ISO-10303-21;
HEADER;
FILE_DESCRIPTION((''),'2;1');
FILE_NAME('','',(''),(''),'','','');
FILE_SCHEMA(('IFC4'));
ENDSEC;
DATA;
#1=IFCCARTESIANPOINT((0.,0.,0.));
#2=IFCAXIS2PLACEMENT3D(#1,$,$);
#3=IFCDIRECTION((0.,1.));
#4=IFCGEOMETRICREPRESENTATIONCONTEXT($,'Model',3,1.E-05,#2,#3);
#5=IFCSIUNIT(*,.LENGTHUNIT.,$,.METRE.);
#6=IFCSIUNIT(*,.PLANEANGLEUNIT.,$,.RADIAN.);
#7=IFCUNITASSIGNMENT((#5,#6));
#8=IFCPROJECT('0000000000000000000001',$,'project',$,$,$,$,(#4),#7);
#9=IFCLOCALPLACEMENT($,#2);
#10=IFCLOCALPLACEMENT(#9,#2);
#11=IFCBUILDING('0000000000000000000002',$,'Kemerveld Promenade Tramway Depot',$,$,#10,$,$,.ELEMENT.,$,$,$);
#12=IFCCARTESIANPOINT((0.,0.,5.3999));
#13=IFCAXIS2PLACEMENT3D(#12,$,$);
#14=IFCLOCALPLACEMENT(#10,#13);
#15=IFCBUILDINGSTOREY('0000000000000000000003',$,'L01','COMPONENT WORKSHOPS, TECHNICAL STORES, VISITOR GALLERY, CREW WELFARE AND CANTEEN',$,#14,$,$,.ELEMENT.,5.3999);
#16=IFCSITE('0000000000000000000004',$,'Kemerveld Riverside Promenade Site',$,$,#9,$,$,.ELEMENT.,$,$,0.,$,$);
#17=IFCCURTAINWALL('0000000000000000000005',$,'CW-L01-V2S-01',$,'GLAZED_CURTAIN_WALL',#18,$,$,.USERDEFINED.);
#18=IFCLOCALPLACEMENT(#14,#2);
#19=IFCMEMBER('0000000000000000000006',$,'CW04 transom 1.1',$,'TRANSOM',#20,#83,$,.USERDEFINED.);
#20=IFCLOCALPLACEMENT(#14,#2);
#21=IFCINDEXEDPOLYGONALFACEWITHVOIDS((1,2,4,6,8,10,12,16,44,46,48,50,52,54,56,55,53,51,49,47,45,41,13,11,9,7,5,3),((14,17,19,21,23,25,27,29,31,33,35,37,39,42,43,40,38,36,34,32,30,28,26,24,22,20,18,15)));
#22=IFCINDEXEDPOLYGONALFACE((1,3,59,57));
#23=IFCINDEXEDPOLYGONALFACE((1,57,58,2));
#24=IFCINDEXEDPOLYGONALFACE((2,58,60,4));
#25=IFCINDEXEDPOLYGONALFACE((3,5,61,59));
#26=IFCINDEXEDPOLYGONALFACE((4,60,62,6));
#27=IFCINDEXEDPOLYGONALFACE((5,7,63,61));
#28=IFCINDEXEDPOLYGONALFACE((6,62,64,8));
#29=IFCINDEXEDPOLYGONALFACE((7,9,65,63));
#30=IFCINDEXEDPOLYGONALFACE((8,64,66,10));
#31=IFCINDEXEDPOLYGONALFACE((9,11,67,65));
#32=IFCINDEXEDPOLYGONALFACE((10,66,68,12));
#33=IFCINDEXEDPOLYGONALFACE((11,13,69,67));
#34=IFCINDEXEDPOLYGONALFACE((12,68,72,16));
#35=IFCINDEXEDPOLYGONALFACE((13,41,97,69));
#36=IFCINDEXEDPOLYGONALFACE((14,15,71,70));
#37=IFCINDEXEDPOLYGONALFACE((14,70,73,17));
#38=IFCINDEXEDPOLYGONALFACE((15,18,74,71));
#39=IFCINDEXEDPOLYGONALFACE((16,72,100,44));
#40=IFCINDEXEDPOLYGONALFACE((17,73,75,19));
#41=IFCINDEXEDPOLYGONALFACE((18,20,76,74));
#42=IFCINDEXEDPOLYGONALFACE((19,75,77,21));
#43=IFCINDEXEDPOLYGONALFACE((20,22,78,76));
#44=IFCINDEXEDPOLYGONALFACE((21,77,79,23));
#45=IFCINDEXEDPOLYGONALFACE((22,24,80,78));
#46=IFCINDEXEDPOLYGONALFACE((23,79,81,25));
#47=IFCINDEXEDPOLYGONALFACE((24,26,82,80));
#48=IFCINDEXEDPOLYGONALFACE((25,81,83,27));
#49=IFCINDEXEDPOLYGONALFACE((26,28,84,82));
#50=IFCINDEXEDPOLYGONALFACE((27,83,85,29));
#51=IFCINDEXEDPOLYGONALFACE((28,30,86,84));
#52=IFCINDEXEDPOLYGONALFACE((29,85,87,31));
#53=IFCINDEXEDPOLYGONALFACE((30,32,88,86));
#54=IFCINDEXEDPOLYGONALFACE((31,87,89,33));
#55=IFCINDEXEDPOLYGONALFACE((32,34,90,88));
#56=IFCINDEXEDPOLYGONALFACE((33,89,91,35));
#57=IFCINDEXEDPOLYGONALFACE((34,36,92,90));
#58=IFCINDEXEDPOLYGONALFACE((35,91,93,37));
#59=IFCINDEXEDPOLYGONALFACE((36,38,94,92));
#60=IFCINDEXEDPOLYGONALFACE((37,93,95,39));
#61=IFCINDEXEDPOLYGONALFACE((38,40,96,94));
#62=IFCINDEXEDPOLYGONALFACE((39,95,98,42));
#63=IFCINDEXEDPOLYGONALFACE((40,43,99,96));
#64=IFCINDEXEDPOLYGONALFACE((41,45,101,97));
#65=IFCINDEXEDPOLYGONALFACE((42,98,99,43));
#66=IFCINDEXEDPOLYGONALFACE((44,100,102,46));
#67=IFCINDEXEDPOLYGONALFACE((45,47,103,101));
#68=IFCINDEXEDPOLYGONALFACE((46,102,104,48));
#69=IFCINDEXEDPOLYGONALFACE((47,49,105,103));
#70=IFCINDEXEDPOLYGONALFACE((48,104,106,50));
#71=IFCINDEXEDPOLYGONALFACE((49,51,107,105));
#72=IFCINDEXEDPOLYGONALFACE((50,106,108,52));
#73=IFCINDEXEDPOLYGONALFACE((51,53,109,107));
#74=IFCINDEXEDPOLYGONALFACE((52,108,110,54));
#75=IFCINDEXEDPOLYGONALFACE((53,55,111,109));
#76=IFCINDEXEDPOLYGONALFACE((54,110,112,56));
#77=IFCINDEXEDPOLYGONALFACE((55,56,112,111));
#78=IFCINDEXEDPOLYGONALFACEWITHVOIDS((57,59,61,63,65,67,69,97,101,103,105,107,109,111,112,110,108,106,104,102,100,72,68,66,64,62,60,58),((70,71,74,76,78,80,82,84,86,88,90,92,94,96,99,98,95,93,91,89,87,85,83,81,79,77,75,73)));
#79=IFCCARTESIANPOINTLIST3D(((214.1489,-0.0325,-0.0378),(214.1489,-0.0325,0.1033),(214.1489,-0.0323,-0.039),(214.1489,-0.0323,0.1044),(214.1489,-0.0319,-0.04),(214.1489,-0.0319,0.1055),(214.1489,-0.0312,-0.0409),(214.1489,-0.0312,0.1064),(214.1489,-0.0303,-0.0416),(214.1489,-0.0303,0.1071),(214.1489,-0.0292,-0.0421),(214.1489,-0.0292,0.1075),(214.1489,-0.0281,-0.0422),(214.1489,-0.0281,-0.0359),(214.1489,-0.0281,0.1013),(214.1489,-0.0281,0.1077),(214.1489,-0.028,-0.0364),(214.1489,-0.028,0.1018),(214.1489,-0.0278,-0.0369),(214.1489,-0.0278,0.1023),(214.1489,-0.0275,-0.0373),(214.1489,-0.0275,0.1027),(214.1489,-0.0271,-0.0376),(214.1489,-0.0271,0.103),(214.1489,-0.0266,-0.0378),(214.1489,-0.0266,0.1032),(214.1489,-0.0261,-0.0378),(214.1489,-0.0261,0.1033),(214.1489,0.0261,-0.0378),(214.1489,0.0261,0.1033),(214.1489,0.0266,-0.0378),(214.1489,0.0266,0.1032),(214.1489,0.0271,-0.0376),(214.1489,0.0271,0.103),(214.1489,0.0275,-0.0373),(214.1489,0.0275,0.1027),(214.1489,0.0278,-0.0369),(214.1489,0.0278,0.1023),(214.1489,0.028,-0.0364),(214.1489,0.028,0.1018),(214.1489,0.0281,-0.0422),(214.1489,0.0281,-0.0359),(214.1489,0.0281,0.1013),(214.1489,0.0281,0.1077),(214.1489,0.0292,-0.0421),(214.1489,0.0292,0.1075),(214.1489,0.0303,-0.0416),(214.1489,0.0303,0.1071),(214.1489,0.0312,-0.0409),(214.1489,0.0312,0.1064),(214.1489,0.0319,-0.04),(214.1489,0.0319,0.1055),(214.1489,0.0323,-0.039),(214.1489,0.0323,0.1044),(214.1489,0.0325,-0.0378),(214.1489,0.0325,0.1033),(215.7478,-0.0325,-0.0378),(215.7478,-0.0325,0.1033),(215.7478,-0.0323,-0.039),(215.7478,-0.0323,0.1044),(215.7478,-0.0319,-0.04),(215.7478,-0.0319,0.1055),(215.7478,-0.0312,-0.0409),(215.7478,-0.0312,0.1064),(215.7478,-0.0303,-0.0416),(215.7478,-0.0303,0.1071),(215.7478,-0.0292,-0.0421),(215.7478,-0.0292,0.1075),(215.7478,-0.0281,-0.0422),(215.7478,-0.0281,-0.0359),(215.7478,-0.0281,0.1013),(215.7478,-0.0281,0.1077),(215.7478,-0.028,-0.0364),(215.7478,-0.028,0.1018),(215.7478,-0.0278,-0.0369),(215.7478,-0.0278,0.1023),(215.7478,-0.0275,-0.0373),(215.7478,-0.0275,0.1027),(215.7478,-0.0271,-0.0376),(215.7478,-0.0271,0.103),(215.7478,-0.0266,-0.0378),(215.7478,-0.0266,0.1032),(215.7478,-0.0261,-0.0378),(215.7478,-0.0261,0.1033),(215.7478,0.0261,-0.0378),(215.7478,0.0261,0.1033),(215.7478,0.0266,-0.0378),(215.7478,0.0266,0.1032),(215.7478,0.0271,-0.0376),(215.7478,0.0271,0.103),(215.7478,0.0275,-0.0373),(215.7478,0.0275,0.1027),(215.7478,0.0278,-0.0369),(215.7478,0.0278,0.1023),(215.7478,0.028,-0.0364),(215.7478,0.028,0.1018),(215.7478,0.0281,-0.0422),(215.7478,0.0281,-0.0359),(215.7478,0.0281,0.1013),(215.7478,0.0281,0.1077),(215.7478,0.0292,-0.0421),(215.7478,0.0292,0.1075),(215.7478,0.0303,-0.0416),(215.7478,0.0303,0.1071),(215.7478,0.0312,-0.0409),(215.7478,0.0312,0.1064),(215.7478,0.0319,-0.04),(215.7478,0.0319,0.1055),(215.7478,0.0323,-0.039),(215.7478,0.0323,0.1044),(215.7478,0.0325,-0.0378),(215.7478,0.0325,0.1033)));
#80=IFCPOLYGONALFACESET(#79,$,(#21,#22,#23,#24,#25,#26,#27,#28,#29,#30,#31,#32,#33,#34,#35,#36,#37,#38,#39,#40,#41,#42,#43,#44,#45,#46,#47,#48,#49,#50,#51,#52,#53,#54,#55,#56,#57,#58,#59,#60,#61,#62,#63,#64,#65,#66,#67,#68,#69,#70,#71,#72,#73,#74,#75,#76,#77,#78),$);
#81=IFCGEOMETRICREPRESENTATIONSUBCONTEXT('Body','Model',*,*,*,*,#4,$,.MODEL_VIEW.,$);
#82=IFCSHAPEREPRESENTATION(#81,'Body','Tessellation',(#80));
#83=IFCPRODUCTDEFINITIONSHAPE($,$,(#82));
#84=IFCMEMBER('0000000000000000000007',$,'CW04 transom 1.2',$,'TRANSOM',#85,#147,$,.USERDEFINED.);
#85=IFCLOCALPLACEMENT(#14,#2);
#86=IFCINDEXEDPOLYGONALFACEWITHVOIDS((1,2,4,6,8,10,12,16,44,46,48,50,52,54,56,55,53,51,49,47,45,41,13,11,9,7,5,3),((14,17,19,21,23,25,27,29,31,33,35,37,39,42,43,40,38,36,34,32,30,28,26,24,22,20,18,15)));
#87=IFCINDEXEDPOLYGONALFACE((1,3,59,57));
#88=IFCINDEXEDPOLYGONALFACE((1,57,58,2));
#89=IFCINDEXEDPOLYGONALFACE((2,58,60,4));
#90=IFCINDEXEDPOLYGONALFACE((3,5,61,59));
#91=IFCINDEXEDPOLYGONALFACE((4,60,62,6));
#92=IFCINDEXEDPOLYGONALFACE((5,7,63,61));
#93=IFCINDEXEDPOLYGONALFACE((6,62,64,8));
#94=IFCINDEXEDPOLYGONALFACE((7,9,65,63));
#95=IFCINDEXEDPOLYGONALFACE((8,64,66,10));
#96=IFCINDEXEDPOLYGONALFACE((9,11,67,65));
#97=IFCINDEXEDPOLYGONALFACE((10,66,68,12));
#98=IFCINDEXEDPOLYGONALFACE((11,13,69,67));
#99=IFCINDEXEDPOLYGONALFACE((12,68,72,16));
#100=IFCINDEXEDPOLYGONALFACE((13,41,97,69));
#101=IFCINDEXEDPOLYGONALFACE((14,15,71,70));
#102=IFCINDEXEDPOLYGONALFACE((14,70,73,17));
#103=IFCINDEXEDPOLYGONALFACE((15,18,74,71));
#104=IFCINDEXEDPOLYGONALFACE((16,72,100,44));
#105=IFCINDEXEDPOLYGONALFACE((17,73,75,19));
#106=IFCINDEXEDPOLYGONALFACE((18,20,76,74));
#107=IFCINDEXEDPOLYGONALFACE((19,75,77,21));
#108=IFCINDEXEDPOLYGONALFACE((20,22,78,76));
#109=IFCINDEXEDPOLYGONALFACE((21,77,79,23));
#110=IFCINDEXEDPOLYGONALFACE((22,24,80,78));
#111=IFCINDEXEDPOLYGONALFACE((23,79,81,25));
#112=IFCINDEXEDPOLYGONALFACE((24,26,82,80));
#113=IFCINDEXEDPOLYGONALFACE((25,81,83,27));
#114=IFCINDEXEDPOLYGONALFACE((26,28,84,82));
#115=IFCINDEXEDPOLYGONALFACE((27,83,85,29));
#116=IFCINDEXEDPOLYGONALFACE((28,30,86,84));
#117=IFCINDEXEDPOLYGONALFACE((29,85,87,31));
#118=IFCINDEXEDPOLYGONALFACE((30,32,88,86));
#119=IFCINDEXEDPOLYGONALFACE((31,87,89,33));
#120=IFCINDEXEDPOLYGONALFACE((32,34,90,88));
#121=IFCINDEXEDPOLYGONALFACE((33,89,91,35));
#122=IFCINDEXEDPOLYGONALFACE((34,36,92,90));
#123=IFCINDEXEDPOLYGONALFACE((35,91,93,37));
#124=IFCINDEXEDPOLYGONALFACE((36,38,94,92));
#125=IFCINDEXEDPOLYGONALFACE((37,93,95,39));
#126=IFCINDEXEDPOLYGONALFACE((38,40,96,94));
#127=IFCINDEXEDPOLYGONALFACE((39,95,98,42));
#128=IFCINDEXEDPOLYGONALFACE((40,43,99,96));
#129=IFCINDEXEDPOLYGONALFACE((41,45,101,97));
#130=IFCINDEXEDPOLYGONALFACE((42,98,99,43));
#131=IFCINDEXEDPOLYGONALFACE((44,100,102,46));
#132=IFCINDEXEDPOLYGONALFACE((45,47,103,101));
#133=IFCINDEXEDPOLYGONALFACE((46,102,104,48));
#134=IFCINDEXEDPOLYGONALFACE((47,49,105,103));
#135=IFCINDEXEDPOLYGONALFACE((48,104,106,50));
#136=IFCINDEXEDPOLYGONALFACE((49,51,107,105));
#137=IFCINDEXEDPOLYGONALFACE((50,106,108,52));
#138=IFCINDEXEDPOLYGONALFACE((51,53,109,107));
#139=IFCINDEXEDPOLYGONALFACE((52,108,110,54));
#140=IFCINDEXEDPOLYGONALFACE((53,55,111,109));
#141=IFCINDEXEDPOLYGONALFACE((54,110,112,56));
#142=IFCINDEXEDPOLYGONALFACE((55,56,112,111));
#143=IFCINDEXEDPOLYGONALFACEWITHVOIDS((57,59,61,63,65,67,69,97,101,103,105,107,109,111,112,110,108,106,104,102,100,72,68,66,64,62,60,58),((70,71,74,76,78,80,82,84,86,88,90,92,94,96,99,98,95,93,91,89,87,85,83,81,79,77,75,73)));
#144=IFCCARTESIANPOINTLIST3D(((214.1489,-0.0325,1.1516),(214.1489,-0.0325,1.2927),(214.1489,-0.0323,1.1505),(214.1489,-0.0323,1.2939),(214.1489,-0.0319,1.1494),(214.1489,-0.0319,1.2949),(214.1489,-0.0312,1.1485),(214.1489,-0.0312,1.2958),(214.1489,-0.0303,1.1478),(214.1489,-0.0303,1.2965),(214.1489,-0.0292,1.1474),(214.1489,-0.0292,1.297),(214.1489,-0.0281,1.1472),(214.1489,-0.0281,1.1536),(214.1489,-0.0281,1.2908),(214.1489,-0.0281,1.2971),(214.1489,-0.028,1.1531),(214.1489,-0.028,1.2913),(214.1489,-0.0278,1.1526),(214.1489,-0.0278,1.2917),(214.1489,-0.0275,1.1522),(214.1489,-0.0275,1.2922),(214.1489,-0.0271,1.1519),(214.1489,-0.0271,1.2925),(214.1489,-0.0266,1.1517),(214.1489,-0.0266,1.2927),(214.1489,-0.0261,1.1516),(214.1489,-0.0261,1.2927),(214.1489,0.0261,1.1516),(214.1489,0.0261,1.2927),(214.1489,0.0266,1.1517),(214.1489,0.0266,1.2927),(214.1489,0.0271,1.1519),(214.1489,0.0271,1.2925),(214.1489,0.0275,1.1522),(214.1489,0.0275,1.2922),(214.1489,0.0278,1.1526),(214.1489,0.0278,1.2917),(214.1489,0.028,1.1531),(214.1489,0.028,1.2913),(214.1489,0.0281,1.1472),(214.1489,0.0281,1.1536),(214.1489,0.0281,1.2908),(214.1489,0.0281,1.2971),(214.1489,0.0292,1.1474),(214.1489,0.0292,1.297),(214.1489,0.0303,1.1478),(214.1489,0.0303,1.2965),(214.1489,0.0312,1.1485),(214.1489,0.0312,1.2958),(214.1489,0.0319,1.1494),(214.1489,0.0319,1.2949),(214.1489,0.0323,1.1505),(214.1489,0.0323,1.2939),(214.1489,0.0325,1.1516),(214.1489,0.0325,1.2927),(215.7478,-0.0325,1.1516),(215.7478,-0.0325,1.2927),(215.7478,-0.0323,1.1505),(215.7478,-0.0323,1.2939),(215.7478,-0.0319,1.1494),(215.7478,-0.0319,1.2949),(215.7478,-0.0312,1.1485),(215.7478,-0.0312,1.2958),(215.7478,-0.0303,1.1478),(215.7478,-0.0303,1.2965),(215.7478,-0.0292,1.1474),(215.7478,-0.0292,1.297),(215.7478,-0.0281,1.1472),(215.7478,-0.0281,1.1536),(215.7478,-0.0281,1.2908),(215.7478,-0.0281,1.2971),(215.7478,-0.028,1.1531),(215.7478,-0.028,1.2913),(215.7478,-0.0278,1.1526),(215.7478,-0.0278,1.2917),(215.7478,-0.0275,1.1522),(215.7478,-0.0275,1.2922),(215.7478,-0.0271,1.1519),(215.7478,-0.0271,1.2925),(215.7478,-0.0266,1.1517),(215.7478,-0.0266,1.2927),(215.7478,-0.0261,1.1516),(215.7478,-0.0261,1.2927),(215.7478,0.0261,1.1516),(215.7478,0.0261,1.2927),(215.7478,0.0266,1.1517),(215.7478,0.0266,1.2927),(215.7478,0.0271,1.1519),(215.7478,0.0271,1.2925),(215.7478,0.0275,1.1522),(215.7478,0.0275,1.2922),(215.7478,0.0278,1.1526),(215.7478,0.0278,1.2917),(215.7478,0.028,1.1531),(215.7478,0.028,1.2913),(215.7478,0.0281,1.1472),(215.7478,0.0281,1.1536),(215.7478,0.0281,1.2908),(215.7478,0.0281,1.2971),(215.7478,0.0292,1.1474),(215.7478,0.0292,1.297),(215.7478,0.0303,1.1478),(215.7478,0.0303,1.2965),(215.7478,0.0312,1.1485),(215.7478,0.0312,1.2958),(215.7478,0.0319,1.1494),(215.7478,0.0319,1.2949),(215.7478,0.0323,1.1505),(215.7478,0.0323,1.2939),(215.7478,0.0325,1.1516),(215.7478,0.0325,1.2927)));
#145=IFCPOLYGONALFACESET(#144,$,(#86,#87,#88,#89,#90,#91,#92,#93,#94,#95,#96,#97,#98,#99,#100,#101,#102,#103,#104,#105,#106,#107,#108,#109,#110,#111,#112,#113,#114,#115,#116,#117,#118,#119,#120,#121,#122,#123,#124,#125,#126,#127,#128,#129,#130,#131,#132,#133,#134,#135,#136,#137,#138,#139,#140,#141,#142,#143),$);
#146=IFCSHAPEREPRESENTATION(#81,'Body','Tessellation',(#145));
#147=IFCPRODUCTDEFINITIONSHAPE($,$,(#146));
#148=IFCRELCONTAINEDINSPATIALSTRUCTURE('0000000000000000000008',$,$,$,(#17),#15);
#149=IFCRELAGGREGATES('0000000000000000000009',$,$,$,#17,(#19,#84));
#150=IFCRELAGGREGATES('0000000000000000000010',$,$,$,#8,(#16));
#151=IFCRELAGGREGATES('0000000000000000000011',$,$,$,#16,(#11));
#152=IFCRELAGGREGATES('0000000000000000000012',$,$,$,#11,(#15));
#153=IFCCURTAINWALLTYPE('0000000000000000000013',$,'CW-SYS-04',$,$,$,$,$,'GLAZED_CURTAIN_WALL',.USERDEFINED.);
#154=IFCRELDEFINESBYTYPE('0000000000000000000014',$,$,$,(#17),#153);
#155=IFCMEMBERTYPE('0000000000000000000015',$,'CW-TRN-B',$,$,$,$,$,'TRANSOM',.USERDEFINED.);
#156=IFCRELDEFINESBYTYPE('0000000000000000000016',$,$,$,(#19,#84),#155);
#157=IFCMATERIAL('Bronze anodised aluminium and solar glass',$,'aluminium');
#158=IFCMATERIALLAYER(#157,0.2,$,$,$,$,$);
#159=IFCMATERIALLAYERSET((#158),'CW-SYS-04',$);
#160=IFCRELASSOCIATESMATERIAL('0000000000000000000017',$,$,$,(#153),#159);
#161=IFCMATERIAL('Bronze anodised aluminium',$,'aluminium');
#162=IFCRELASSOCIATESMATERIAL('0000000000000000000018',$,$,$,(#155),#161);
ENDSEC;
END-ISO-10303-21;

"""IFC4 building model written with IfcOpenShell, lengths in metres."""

from ifc_helpers import new_model, si_unit, direction, frame, origin, origin_2d, place, context, subcontext, project, spatial, hollow_rectangle, extrude, material, layer, layer_set, material_profile, profile_set, type_object, element, aggregate, save


model = new_model("IFC4")

# Units and contexts
model_context = context("Model", 3, precision=1e-05, world=origin(), true_north=direction((0.0, 1.0)))
body_context = subcontext(model_context, "Body", "Model", "MODEL_VIEW")
ifc_project = project(units=[si_unit("LENGTHUNIT", "METRE"), si_unit("PLANEANGLEUNIT", "RADIAN")], contexts=[model_context])

# Site, building, storey
site_placement = place(None, origin())
site = spatial("IfcSite", under=ifc_project, at=site_placement, Name="Kemerveld Riverside Promenade Site", CompositionType="ELEMENT", RefElevation=0.0)
building_placement = place(site_placement, origin())
building = spatial("IfcBuilding", under=site, at=building_placement, Name="Kemerveld Promenade Tramway Depot", CompositionType="ELEMENT")
storey_placement = place(building_placement, frame((0.0, 0.0, 5.3999)))
storey = spatial("IfcBuildingStorey", under=building, at=storey_placement, Name="L01", Description="COMPONENT WORKSHOPS, TECHNICAL STORES, VISITOR GALLERY, CREW WELFARE AND CANTEEN", CompositionType="ELEMENT", Elevation=5.3999)

# Shared definitions
ifc_material_1 = material(Name="Bronze anodised aluminium and solar glass", Category="aluminium")
ifc_material_2 = material(Name="Bronze anodised aluminium", Category="aluminium")

# Curtain wall, members
ifc_layer_1 = layer(ifc_material_1, 0.2)
ifc_layer_set_1 = layer_set([ifc_layer_1], Name="CW-SYS-04")
curtain_wall_type_1 = type_object("IfcCurtainWallType", Name="CW-SYS-04", ElementType="GLAZED_CURTAIN_WALL", PredefinedType="USERDEFINED", material=ifc_layer_set_1)
curtain_wall_1_placement = place(storey_placement, origin())
curtain_wall_1 = element("IfcCurtainWall", 1, at=curtain_wall_1_placement, inside=storey, type_object=curtain_wall_type_1, Name="CW-L01-V2S-01", ObjectType="GLAZED_CURTAIN_WALL", PredefinedType="USERDEFINED")
ifc_material_profile_1 = material_profile(ifc_material_2, hollow_rectangle(XDim=0.0649, YDim=0.1499, WallThickness=0.0044, InnerFilletRadius=0.002, OuterFilletRadius=0.0044, at=origin_2d()), Name="CW-TRN-150x65")
ifc_profile_set_1 = profile_set([ifc_material_profile_1], Name="Bronze anodised aluminium")
member_type_1 = type_object("IfcMemberType", Name="CW-TRN-B", ElementType="TRANSOM", PredefinedType="USERDEFINED", material=ifc_profile_set_1)
member_1_placement = place(storey_placement, frame((215.7478, 0.0, 0.0327), z_axis=(-1.0, 0.0, 0.0), x_axis=(0.0, -1.0, 0.0)))
member_1 = element("IfcMember", 2, at=member_1_placement, type_object=member_type_1, Name="CW04 transom 1.1", ObjectType="TRANSOM", PredefinedType="USERDEFINED", context=body_context, shape_type="SweptSolid", body=[
    extrude(hollow_rectangle(XDim=0.0649, YDim=0.1499, WallThickness=0.0044, InnerFilletRadius=0.002, OuterFilletRadius=0.0044, at=origin_2d()), origin(), (0.0, 0.0, 1.0), 1.5989),
])
member_2_placement = place(storey_placement, frame((215.7478, 0.0, 1.2222), z_axis=(-1.0, 0.0, 0.0), x_axis=(0.0, -1.0, 0.0)))
member_2 = element("IfcMember", 3, at=member_2_placement, type_object=member_type_1, Name="CW04 transom 1.2", ObjectType="TRANSOM", PredefinedType="USERDEFINED", context=body_context, shape_type="SweptSolid", body=[
    extrude(hollow_rectangle(XDim=0.0649, YDim=0.1499, WallThickness=0.0044, InnerFilletRadius=0.002, OuterFilletRadius=0.0044, at=origin_2d()), origin(), (0.0, 0.0, 1.0), 1.5989),
])

aggregate(curtain_wall_1, [member_1, member_2])

save(model, "model.ifc")
